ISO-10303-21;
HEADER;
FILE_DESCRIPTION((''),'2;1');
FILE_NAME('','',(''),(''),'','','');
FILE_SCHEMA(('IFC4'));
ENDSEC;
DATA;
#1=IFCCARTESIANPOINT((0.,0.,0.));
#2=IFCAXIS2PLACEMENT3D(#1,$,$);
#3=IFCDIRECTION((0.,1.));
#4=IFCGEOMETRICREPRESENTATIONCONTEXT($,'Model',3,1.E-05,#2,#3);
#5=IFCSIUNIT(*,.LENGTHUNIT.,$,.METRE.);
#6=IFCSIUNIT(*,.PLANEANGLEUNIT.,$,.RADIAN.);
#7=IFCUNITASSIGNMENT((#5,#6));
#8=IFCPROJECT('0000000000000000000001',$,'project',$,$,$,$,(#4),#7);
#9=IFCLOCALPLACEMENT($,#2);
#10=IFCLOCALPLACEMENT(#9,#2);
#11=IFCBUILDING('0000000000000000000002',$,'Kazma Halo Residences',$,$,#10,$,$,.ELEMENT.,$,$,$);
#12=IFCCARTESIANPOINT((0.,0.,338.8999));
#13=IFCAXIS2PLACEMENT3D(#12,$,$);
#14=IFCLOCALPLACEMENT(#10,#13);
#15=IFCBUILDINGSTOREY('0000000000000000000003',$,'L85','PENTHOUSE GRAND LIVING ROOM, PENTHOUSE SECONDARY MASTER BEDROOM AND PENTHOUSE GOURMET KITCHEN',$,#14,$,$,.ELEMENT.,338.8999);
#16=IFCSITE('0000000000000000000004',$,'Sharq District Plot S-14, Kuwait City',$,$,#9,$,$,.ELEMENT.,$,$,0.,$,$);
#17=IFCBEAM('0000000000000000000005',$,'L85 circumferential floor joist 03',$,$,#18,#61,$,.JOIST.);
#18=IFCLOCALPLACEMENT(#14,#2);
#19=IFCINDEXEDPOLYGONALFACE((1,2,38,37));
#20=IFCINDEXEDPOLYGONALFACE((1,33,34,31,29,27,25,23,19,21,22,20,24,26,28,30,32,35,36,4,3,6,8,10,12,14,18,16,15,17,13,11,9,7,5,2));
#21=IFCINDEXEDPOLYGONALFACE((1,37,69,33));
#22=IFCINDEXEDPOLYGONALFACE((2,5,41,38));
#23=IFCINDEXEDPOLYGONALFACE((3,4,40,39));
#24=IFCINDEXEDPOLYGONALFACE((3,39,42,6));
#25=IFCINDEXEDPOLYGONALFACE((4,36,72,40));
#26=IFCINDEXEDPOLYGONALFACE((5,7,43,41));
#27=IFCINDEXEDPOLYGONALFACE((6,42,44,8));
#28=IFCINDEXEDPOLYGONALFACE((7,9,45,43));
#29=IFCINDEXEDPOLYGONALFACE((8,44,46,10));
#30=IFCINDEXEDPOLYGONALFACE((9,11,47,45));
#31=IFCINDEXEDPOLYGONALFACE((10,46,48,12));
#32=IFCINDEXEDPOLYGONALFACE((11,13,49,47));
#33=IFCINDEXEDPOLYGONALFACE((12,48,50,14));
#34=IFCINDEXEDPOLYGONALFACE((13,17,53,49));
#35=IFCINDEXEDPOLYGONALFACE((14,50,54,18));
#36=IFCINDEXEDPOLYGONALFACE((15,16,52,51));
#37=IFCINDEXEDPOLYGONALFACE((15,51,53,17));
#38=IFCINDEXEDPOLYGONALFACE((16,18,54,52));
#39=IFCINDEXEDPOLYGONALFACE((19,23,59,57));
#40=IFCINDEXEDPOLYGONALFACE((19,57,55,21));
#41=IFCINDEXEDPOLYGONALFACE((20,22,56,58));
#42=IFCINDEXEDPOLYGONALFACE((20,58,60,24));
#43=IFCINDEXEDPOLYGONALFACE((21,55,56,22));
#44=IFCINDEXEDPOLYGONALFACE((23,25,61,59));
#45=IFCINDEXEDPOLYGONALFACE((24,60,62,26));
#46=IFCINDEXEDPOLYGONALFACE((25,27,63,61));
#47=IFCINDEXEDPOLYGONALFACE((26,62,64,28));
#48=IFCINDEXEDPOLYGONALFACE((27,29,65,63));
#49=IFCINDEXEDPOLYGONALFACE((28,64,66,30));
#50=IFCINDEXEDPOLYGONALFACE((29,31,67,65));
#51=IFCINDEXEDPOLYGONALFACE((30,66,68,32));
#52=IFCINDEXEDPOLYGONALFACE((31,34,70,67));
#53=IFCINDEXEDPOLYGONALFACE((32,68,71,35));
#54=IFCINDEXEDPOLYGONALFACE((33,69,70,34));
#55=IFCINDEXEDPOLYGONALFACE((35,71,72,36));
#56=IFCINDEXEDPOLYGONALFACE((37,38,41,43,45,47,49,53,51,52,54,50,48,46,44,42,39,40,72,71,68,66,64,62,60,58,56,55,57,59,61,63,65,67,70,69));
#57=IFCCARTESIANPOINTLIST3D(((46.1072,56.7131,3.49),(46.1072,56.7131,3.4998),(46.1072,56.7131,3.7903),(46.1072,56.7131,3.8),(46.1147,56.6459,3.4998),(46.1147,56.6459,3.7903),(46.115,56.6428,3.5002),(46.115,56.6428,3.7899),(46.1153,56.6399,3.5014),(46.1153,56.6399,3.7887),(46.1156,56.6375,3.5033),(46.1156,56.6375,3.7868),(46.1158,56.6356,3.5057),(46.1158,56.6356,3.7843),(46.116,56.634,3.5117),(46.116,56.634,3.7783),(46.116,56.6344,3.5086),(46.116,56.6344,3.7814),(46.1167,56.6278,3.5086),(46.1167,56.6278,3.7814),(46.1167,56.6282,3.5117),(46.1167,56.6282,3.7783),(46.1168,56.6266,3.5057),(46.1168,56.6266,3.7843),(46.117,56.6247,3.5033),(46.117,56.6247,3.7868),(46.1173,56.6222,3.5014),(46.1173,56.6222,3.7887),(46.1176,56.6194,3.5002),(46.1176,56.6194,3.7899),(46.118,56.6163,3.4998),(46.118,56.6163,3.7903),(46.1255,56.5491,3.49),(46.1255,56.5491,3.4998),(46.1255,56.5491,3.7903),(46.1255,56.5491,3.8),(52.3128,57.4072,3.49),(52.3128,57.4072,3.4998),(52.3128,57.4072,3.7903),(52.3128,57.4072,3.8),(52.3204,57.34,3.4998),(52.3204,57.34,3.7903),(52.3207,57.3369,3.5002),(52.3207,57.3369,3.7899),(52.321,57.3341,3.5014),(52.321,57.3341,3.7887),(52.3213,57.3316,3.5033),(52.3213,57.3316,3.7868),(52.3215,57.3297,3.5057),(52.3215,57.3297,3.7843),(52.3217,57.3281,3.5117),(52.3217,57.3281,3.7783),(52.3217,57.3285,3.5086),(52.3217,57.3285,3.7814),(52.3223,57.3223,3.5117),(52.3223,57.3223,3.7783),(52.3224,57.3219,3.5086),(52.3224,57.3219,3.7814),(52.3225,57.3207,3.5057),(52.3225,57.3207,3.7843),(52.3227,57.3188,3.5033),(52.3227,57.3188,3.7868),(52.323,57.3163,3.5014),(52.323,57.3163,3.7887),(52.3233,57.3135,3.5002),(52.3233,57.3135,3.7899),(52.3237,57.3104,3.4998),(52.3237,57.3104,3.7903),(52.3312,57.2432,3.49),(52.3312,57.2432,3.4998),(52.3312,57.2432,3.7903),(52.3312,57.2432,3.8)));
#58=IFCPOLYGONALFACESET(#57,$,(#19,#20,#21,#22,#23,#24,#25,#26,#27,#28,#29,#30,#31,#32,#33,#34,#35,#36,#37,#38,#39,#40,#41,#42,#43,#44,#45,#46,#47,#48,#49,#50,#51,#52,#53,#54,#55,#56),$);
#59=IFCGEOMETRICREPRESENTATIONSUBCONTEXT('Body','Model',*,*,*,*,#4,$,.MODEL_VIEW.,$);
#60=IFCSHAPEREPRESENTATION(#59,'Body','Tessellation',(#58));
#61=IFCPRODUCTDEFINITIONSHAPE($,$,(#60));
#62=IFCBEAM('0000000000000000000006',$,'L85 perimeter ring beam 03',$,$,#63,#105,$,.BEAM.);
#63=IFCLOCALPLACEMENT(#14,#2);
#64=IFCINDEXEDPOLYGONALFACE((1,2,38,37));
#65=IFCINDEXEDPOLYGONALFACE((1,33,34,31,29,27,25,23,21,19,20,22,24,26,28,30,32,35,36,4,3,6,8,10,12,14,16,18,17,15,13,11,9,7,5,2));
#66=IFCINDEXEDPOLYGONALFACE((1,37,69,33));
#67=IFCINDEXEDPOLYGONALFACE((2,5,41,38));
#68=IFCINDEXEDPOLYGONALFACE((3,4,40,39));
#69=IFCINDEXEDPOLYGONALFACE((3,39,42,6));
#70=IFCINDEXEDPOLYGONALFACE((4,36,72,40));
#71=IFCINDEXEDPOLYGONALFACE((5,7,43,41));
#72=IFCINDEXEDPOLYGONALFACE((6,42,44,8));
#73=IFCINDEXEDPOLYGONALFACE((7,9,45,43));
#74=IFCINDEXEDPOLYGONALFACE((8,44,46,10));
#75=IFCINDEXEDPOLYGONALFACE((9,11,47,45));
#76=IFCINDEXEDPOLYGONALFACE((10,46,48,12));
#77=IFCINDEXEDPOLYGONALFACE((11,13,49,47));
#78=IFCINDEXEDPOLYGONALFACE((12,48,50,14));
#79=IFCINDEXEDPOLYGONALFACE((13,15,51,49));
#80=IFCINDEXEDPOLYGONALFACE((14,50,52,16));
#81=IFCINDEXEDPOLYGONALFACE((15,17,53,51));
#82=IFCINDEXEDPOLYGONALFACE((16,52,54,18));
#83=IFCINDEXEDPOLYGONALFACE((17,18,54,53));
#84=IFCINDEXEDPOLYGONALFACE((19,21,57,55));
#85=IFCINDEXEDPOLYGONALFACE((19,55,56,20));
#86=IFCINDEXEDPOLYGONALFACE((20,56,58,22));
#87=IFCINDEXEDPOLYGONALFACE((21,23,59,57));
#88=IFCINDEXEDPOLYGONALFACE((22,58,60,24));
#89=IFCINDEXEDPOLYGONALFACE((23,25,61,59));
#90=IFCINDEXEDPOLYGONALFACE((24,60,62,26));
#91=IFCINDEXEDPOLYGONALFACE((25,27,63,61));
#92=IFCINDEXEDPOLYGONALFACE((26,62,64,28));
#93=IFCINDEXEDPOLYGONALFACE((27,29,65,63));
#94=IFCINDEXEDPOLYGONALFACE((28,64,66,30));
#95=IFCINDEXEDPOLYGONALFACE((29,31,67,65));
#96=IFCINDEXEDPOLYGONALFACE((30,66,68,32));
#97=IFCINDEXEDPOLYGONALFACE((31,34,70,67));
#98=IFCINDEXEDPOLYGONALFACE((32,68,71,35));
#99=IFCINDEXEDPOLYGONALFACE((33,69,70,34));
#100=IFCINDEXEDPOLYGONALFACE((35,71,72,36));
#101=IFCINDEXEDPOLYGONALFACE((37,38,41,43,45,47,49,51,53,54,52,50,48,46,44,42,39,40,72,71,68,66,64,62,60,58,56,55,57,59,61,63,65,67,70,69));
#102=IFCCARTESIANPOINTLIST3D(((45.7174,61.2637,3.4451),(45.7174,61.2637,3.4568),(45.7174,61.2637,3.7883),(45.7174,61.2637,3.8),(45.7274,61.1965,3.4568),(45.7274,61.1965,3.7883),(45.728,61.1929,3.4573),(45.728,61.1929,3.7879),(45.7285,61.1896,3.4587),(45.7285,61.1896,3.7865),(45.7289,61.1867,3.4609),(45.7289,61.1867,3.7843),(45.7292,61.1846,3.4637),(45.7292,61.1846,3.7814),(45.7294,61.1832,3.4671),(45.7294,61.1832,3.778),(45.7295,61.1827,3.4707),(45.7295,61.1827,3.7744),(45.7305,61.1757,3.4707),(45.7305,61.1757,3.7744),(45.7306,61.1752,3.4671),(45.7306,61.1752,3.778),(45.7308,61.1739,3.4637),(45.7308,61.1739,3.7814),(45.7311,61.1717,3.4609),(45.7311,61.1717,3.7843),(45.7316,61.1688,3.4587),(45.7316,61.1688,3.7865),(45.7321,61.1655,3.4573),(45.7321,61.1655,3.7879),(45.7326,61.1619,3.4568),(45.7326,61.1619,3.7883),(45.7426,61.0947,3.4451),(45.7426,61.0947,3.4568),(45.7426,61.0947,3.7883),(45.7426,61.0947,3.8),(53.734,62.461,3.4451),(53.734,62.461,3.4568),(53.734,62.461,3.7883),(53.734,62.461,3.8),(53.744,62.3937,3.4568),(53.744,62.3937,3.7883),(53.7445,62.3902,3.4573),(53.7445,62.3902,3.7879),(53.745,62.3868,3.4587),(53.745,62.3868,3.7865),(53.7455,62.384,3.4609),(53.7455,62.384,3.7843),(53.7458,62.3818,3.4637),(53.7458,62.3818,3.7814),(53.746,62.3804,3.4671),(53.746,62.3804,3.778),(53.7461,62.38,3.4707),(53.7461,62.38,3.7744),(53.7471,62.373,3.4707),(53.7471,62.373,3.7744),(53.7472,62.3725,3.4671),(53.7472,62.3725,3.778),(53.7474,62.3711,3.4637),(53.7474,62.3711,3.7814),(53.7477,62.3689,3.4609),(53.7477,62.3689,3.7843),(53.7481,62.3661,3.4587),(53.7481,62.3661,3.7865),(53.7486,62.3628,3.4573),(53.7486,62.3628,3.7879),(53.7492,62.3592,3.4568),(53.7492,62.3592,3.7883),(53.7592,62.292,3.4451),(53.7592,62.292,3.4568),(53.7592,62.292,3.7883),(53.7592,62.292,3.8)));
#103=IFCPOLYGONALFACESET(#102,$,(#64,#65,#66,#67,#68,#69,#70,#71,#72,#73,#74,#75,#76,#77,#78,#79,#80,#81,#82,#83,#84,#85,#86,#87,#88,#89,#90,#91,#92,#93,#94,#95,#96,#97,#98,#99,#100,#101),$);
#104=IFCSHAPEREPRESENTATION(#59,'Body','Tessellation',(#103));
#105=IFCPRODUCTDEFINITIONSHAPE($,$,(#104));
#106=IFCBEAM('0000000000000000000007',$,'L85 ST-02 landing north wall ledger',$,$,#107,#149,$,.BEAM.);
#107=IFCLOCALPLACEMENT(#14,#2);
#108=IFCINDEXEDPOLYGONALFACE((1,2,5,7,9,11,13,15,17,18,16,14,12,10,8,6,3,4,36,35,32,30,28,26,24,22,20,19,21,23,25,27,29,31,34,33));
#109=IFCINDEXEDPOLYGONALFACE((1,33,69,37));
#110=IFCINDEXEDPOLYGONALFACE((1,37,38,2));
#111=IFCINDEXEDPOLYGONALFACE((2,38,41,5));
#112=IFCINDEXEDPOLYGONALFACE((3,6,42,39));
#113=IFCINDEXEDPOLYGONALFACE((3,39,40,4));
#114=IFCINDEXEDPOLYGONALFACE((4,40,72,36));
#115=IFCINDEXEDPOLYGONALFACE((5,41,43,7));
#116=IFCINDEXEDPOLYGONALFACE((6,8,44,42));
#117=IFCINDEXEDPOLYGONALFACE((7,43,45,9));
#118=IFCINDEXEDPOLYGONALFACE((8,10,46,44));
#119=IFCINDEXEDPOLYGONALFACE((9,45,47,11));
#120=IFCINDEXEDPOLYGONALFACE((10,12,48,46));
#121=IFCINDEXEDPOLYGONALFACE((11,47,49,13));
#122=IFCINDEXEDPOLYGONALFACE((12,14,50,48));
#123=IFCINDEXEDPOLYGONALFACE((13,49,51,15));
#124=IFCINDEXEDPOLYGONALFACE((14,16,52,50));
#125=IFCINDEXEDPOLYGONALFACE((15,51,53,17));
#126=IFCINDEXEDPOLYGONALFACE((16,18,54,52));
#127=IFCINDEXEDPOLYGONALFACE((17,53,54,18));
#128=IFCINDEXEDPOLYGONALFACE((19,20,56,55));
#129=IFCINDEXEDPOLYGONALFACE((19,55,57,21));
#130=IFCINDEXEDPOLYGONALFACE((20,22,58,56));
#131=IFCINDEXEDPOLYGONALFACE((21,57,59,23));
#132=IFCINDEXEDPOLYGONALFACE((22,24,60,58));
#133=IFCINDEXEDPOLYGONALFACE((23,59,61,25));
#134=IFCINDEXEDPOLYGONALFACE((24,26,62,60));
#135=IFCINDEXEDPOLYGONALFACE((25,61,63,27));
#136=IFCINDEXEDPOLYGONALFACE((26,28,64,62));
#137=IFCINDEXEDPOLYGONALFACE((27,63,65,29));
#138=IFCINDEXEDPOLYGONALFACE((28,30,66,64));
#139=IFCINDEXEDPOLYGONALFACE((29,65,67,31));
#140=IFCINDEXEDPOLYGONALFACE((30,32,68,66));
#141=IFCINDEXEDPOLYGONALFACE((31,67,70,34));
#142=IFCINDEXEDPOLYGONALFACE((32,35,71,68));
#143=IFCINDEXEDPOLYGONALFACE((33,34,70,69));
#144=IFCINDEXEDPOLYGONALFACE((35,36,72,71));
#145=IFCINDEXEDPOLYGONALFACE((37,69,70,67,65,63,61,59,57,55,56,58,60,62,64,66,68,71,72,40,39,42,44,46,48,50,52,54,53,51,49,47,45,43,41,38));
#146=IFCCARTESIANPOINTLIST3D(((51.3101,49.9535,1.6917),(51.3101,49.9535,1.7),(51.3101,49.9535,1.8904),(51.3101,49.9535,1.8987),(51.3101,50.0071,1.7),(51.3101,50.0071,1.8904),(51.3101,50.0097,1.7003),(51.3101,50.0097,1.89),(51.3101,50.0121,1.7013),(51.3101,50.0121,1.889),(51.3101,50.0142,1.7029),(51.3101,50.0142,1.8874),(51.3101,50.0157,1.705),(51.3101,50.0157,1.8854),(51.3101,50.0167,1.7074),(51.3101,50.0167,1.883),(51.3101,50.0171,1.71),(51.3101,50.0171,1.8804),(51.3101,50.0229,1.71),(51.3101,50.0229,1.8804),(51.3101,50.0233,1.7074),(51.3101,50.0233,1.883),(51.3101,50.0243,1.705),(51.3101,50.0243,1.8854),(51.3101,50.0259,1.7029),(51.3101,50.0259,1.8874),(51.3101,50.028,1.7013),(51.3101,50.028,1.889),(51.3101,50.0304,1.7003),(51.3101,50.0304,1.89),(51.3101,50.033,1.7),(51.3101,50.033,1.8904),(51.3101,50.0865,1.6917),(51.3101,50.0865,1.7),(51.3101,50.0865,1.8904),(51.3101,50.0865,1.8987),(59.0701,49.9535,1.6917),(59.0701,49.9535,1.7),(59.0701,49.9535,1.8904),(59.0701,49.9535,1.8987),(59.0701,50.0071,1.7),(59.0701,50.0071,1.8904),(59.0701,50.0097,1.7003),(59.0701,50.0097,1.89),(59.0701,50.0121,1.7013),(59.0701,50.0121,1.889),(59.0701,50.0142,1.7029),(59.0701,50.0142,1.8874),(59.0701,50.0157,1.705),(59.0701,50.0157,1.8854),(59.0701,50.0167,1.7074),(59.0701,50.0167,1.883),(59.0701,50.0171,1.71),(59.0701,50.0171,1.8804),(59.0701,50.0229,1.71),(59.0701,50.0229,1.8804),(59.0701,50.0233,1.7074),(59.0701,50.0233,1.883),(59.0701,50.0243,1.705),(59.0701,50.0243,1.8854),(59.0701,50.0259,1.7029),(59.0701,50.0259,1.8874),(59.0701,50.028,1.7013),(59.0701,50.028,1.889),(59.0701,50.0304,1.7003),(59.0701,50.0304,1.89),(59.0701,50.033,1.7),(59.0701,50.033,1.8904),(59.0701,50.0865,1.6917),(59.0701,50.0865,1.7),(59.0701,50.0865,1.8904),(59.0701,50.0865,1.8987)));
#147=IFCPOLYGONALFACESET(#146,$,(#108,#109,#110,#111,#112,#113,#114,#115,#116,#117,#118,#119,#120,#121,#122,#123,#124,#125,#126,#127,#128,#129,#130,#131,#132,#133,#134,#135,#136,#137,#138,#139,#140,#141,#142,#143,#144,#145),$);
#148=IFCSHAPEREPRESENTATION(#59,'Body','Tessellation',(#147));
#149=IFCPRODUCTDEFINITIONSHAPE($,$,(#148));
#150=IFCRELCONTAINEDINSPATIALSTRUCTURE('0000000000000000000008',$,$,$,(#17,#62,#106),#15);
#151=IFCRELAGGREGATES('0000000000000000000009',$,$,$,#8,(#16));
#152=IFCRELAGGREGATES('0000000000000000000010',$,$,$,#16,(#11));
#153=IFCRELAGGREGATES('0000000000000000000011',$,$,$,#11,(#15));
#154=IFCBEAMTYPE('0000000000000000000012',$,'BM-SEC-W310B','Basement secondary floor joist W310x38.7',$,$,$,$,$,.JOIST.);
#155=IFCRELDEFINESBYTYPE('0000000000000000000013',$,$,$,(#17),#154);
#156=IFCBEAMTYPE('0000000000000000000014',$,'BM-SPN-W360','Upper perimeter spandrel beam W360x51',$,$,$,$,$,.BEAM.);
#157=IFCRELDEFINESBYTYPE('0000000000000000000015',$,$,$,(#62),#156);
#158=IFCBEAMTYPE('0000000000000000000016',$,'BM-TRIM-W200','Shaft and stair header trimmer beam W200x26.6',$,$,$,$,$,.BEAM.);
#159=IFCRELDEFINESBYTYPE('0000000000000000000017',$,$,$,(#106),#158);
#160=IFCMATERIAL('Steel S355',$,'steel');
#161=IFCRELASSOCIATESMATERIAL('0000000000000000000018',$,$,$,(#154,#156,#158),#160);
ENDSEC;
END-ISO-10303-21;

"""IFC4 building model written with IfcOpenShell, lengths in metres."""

from ifc_helpers import new_model, si_unit, direction, frame, origin, origin_2d, place, context, subcontext, project, spatial, i_section, extrude, material, material_profile, profile_set, type_object, element, save


model = new_model("IFC4")

# Units and contexts
model_context = context("Model", 3, precision=1e-05, world=origin(), true_north=direction((0.0, 1.0)))
body_context = subcontext(model_context, "Body", "Model", "MODEL_VIEW")
ifc_project = project(units=[si_unit("LENGTHUNIT", "METRE"), si_unit("PLANEANGLEUNIT", "RADIAN")], contexts=[model_context])

# Site, building, storey
site_placement = place(None, origin())
site = spatial("IfcSite", under=ifc_project, at=site_placement, Name="Sharq District Plot S-14, Kuwait City", CompositionType="ELEMENT", RefElevation=0.0)
building_placement = place(site_placement, origin())
building = spatial("IfcBuilding", under=site, at=building_placement, Name="Kazma Halo Residences", CompositionType="ELEMENT")
storey_placement = place(building_placement, frame((0.0, 0.0, 338.8999)))
storey = spatial("IfcBuildingStorey", under=building, at=storey_placement, Name="L85", Description="PENTHOUSE GRAND LIVING ROOM, PENTHOUSE SECONDARY MASTER BEDROOM AND PENTHOUSE GOURMET KITCHEN", CompositionType="ELEMENT", Elevation=338.8999)

# Beams
ifc_material_1 = material(Name="Steel S355", Category="steel")
ifc_material_profile_1 = material_profile(ifc_material_1, i_section(OverallWidth=0.165, OverallDepth=0.3101, WebThickness=0.0059, FlangeThickness=0.0098, FilletRadius=0.012, at=origin_2d()), Name="W310x38.7")
ifc_profile_set_1 = profile_set([ifc_material_profile_1], Name="Steel S355")
beam_type_1 = type_object("IfcBeamType", Name="BM-SEC-W310B", Description="Basement secondary floor joist W310x38.7", PredefinedType="JOIST", material=ifc_profile_set_1)
beam_1_placement = place(storey_placement, frame((52.322, 57.3252, 3.645), z_axis=(-0.993803, -0.111157, 0.0), x_axis=(0.111157, -0.993803, 0.0)))
element("IfcBeam", 1, at=beam_1_placement, inside=storey, type_object=beam_type_1, Name="L85 circumferential floor joist 03", PredefinedType="JOIST", context=body_context, shape_type="SweptSolid", body=[
    extrude(i_section(OverallWidth=0.165, OverallDepth=0.3101, WebThickness=0.0059, FlangeThickness=0.0098, FilletRadius=0.012, at=origin_2d()), origin(), (0.0, 0.0, 1.0), 6.2444),
])
ifc_material_profile_2 = material_profile(ifc_material_1, i_section(OverallWidth=0.1709, OverallDepth=0.355, WebThickness=0.0071, FlangeThickness=0.0117, FilletRadius=0.0139, at=origin_2d()), Name="W360x51")
ifc_profile_set_2 = profile_set([ifc_material_profile_2], Name="Steel S355")
beam_type_2 = type_object("IfcBeamType", Name="BM-SPN-W360", Description="Upper perimeter spandrel beam W360x51", PredefinedType="BEAM", material=ifc_profile_set_2)
beam_2_placement = place(storey_placement, frame((53.7466, 62.3765, 3.6226), z_axis=(-0.989031, -0.14771, 0.0), x_axis=(0.14771, -0.989031, 0.0)))
element("IfcBeam", 2, at=beam_2_placement, inside=storey, type_object=beam_type_2, Name="L85 perimeter ring beam 03", PredefinedType="BEAM", context=body_context, shape_type="SweptSolid", body=[
    extrude(i_section(OverallWidth=0.1709, OverallDepth=0.355, WebThickness=0.0071, FlangeThickness=0.0117, FilletRadius=0.0139, at=origin_2d()), origin(), (0.0, 0.0, 1.0), 8.1055),
])
ifc_material_profile_3 = material_profile(ifc_material_1, i_section(OverallWidth=0.1331, OverallDepth=0.207, WebThickness=0.0059, FlangeThickness=0.0083, FilletRadius=0.01, at=origin_2d()), Name="W200x26.6")
ifc_profile_set_3 = profile_set([ifc_material_profile_3], Name="Steel S355")
beam_type_3 = type_object("IfcBeamType", Name="BM-TRIM-W200", Description="Shaft and stair header trimmer beam W200x26.6", PredefinedType="BEAM", material=ifc_profile_set_3)
beam_3_placement = place(storey_placement, frame((51.3101, 50.02, 1.7952), z_axis=(1.0, 0.0, 0.0), x_axis=(0.0, 1.0, 0.0)))
element("IfcBeam", 3, at=beam_3_placement, inside=storey, type_object=beam_type_3, Name="L85 ST-02 landing north wall ledger", PredefinedType="BEAM", context=body_context, shape_type="SweptSolid", body=[
    extrude(i_section(OverallWidth=0.1331, OverallDepth=0.207, WebThickness=0.0059, FlangeThickness=0.0083, FilletRadius=0.01, at=origin_2d()), origin(), (0.0, 0.0, 1.0), 7.76),
])

save(model, "model.ifc")
